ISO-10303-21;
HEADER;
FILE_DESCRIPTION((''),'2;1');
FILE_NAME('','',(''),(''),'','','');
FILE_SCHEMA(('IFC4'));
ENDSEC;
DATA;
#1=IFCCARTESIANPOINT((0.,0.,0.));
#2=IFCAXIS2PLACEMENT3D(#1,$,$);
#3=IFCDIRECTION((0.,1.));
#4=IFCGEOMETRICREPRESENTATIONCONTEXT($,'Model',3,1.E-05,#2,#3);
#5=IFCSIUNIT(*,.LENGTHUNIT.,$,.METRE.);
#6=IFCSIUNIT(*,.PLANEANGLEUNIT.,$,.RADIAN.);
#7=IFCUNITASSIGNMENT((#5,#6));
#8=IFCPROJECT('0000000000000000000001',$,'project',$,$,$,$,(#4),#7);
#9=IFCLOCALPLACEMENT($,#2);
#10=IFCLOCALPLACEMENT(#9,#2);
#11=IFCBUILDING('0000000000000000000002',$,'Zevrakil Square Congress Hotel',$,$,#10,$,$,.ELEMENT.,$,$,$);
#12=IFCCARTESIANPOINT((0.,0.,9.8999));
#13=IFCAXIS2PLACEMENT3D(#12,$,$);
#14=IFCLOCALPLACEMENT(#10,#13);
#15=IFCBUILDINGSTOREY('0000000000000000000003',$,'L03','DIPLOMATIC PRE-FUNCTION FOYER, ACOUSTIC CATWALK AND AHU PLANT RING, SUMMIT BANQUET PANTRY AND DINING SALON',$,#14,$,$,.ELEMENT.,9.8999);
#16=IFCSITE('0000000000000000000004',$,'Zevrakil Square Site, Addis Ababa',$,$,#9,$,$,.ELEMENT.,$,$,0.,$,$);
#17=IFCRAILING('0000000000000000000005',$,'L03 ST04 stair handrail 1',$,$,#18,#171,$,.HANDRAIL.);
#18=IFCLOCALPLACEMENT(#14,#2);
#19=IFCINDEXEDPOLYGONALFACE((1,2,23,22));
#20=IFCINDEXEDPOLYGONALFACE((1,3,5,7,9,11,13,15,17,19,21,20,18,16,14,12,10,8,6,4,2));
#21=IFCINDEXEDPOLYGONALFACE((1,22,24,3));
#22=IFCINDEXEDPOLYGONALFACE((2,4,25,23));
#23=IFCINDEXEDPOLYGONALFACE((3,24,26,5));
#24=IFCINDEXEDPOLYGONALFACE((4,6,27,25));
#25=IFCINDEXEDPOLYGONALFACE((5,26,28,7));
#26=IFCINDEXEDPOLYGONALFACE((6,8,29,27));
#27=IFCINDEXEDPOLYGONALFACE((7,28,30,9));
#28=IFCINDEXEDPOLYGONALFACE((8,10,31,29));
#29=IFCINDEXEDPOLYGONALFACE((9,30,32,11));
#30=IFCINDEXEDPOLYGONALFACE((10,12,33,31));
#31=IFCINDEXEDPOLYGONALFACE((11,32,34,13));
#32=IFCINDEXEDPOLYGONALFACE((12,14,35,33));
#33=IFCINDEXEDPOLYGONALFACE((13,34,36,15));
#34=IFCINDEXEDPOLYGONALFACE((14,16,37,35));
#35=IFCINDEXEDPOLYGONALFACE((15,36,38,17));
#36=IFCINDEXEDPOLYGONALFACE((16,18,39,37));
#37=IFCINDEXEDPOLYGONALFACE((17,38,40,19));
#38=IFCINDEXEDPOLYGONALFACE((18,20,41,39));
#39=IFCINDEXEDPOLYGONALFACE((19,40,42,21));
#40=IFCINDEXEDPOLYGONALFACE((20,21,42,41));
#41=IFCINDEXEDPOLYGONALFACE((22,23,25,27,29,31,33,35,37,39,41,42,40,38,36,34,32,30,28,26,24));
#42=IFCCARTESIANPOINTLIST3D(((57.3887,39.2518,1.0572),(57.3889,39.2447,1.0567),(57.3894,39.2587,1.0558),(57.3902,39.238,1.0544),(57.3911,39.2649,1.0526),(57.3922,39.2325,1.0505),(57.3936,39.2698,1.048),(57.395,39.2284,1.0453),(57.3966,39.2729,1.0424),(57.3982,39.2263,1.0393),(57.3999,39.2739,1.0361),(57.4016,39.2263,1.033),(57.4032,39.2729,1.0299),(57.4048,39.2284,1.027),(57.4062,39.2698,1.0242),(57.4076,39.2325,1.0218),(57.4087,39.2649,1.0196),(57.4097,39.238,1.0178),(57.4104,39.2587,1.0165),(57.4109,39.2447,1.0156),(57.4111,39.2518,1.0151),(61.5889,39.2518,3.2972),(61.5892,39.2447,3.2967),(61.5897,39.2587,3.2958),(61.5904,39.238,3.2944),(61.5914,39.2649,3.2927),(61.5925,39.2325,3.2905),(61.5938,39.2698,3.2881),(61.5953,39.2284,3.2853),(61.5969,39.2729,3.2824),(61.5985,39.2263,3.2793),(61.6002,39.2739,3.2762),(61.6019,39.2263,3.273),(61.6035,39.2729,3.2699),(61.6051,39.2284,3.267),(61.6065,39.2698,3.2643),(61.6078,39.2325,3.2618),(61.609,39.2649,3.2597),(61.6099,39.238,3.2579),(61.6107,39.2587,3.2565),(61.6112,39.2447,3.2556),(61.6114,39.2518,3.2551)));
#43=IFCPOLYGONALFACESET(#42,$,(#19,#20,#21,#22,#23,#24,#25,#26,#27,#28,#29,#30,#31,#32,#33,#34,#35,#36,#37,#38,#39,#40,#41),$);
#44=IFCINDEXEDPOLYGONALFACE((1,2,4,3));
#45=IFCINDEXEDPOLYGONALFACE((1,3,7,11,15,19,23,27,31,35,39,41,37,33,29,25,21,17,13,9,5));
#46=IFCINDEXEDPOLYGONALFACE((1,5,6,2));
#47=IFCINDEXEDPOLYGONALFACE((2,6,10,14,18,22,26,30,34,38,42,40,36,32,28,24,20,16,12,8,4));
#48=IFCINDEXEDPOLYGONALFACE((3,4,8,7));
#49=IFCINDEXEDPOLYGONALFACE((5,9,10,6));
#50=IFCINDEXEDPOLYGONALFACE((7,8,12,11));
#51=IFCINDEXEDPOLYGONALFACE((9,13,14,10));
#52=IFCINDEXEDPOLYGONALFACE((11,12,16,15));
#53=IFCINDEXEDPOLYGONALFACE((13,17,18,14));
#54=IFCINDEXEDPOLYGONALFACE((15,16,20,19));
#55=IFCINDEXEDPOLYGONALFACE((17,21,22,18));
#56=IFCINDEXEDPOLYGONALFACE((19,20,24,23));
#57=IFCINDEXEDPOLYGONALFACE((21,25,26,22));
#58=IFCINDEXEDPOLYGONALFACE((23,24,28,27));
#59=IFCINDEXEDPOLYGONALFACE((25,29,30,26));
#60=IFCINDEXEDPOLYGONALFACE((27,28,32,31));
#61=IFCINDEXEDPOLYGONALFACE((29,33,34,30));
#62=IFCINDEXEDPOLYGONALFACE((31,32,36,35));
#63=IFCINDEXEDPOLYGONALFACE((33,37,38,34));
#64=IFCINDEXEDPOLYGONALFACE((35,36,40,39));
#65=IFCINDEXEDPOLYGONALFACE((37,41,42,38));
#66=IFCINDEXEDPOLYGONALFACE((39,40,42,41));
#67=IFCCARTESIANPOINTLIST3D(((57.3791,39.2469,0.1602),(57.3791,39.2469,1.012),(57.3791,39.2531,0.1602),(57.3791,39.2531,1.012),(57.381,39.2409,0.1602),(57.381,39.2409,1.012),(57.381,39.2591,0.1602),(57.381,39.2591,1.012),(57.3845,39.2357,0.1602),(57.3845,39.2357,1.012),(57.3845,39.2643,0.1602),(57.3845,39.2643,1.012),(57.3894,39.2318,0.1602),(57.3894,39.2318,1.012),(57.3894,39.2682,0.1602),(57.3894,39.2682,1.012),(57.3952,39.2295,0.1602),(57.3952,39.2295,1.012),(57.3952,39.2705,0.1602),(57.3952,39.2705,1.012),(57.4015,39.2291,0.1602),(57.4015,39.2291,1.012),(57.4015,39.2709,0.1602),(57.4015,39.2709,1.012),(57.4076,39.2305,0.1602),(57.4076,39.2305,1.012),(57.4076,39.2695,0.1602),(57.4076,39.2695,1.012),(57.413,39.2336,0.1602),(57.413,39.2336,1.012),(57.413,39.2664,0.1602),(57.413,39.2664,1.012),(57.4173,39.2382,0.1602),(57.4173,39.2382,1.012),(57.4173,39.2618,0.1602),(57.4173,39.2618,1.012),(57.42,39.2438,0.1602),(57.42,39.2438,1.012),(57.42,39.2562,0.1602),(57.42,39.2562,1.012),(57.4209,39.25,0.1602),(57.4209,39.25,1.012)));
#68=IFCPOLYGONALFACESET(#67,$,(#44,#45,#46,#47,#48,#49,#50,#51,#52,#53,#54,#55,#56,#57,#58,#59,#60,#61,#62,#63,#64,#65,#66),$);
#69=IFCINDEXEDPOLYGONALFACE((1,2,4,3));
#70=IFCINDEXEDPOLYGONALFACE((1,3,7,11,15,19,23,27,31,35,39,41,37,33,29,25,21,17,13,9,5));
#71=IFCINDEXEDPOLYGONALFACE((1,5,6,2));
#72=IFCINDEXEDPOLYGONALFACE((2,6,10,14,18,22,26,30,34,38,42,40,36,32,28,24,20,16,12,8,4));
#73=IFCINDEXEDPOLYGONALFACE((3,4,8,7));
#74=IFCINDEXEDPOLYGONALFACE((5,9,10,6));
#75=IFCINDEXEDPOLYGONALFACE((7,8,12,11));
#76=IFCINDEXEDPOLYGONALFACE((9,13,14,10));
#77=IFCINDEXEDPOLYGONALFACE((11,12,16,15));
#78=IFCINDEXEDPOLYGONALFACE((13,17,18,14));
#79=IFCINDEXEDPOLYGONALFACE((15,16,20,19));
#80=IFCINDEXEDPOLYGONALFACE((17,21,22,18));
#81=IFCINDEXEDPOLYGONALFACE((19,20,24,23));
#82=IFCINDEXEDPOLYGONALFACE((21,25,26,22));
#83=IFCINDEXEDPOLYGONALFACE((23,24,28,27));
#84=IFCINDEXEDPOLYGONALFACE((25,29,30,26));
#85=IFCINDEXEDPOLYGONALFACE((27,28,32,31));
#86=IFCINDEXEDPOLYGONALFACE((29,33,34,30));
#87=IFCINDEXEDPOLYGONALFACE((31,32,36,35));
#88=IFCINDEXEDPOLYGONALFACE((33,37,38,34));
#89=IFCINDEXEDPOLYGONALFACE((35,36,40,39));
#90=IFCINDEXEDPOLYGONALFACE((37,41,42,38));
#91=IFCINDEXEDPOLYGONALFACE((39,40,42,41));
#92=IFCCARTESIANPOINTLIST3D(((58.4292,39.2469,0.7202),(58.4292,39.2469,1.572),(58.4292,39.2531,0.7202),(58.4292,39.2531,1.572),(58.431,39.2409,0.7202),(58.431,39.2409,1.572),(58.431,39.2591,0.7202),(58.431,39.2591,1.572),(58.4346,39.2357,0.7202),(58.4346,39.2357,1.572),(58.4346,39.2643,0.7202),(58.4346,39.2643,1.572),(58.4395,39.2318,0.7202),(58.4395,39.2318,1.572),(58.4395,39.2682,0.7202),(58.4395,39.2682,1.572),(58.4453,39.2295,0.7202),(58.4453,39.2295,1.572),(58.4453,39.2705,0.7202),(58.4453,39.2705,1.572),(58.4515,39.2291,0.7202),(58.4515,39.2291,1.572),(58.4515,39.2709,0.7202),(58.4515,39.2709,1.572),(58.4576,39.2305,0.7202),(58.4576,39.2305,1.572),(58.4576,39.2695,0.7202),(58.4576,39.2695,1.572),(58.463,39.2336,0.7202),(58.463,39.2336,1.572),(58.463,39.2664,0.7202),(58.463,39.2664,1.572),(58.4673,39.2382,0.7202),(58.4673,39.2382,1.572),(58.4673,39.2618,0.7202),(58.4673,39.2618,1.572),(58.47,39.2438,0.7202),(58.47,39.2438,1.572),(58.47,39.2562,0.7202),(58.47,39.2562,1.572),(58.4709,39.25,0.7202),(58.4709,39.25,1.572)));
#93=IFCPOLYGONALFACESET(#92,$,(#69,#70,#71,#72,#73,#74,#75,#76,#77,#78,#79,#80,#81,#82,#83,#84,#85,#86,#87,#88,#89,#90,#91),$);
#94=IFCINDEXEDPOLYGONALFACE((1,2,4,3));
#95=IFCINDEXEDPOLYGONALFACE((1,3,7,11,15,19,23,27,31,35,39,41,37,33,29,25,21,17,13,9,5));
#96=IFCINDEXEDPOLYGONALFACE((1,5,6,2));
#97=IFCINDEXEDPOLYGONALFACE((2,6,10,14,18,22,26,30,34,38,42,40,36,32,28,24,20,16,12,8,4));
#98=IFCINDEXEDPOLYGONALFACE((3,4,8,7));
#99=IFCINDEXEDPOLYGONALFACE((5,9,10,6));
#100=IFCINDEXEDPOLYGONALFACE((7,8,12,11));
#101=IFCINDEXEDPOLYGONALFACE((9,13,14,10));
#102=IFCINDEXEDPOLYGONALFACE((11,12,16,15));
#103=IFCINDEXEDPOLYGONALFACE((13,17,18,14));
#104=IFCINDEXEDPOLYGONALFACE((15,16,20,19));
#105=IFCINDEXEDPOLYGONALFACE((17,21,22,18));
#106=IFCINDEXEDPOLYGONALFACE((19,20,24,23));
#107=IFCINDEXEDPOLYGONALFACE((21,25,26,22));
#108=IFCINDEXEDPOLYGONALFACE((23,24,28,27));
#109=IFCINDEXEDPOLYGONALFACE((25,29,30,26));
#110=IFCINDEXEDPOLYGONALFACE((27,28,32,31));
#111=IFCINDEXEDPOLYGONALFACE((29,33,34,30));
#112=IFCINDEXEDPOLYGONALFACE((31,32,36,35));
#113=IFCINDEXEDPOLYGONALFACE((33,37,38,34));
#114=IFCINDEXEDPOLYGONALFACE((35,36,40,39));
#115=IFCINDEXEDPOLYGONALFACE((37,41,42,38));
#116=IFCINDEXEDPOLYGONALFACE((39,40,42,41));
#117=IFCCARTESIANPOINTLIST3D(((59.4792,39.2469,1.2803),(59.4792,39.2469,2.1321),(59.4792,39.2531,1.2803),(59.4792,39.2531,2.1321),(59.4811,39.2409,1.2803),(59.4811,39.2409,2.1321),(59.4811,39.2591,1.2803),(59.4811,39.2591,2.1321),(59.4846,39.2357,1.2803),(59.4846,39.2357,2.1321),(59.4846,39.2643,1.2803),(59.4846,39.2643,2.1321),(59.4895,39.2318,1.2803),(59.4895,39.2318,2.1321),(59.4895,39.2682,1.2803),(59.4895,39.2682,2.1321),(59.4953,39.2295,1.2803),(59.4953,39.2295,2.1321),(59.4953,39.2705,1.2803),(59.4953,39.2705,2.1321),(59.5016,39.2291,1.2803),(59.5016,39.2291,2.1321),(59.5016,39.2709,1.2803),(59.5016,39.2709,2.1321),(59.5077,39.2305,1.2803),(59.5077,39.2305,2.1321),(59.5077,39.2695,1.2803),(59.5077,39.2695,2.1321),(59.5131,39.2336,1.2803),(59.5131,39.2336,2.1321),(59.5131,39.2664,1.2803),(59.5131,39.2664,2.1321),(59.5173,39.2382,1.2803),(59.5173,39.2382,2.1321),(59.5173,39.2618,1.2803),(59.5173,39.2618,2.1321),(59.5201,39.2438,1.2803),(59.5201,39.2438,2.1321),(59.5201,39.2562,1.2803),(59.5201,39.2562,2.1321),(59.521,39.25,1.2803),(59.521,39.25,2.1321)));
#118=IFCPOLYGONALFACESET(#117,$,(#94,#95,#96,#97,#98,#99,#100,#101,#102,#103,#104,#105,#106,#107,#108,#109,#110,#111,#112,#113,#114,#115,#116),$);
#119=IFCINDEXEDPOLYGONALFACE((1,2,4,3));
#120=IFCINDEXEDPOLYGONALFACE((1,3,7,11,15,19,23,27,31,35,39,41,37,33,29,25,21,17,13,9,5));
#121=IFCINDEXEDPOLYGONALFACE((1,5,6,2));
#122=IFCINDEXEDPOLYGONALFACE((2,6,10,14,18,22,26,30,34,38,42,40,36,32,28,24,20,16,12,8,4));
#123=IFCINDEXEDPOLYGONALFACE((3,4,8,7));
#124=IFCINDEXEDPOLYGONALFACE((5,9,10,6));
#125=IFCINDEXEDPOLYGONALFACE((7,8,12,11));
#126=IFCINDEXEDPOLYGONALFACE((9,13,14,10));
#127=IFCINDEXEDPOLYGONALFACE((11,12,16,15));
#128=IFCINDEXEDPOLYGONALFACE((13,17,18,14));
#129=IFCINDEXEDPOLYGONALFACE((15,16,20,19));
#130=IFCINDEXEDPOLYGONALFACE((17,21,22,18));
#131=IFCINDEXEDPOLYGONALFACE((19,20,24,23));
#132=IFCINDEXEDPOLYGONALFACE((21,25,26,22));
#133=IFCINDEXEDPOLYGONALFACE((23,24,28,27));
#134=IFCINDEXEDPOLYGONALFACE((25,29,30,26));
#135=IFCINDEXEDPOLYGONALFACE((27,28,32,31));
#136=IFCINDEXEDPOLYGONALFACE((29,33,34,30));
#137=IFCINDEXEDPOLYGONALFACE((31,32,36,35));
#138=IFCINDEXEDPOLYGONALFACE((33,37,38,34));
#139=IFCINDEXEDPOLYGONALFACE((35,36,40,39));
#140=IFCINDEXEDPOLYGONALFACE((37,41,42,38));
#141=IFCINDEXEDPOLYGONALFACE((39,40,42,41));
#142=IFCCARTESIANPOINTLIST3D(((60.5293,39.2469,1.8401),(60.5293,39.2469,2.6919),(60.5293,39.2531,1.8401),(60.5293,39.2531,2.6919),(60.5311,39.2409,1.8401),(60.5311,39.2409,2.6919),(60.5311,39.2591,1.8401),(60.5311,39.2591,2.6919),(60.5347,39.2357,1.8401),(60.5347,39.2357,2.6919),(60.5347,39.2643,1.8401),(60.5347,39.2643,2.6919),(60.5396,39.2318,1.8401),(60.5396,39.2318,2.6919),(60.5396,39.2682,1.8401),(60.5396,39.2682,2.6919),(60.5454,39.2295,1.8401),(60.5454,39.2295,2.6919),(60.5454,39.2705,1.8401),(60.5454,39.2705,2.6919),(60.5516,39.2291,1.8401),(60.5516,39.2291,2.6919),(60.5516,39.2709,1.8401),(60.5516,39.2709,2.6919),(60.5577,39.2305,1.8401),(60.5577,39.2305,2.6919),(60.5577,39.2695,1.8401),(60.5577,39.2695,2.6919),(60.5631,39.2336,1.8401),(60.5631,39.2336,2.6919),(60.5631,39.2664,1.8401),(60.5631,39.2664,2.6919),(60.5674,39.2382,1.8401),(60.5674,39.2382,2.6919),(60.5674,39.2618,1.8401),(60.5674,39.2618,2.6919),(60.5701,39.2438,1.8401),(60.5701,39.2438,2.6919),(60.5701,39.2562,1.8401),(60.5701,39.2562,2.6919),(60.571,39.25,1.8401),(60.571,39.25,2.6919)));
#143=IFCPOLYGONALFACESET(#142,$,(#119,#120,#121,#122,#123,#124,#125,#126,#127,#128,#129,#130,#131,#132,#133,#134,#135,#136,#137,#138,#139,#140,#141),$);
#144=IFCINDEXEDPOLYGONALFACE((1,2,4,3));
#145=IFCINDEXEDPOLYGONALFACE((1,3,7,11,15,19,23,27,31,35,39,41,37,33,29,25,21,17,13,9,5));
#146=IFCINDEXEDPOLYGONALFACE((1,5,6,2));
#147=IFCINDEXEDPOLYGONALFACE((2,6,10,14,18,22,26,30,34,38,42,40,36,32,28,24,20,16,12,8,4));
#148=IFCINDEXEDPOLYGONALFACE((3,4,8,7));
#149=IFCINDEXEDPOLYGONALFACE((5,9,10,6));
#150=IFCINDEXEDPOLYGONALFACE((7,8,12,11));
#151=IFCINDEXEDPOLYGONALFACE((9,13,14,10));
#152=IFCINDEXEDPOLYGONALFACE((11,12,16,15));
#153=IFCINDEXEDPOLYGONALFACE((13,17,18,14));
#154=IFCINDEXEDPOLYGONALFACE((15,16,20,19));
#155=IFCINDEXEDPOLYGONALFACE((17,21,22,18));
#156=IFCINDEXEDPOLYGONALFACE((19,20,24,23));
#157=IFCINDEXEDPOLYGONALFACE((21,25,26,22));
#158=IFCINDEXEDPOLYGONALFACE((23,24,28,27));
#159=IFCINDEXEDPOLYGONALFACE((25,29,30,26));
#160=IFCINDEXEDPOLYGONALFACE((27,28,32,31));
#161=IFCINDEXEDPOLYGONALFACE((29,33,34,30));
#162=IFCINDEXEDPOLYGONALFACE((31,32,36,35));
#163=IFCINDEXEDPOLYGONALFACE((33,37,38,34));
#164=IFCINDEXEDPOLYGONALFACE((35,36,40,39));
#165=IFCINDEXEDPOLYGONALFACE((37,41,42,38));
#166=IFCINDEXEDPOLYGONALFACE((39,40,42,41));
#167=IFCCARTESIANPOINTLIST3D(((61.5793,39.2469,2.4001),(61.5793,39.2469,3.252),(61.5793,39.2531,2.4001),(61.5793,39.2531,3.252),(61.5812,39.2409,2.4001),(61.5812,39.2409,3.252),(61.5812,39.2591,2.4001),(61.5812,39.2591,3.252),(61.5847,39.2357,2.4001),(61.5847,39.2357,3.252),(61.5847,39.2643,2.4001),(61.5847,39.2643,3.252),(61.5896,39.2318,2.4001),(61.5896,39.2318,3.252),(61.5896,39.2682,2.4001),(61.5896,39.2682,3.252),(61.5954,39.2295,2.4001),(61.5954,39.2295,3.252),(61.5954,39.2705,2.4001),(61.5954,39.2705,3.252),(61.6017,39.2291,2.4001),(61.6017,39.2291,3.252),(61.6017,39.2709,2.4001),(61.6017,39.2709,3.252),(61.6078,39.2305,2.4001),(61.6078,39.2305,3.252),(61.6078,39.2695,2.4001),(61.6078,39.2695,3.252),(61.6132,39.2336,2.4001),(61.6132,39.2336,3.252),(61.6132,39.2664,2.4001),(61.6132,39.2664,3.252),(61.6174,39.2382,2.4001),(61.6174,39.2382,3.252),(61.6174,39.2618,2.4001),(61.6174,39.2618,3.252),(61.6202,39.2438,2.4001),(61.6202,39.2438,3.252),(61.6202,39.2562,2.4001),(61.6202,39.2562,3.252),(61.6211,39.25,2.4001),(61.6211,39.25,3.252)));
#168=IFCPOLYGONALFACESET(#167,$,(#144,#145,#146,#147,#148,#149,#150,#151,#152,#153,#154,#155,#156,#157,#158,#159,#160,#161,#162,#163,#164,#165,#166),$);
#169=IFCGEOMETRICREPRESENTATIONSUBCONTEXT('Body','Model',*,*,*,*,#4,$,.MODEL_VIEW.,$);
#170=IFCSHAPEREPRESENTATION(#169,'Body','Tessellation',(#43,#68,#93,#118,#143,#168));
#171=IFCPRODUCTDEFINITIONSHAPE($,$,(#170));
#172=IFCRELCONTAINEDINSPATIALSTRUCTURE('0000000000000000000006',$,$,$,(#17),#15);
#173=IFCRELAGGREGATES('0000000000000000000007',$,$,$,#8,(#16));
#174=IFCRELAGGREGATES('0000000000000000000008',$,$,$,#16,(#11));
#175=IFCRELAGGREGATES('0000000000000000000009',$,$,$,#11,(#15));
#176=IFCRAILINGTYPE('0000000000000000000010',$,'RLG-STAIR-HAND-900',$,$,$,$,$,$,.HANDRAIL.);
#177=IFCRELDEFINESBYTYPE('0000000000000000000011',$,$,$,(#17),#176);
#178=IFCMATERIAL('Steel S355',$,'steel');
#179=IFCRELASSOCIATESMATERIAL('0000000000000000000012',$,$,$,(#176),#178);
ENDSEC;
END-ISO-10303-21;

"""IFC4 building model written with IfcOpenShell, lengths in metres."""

from ifc_helpers import new_model, si_unit, direction, frame, origin, origin_2d, place, context, subcontext, project, spatial, circle, extrude, material, type_object, element, save


model = new_model("IFC4")

# Units and contexts
model_context = context("Model", 3, precision=1e-05, world=origin(), true_north=direction((0.0, 1.0)))
body_context = subcontext(model_context, "Body", "Model", "MODEL_VIEW")
ifc_project = project(units=[si_unit("LENGTHUNIT", "METRE"), si_unit("PLANEANGLEUNIT", "RADIAN")], contexts=[model_context])

# Site, building, storey
site_placement = place(None, origin())
site = spatial("IfcSite", under=ifc_project, at=site_placement, Name="Zevrakil Square Site, Addis Ababa", CompositionType="ELEMENT", RefElevation=0.0)
building_placement = place(site_placement, origin())
building = spatial("IfcBuilding", under=site, at=building_placement, Name="Zevrakil Square Congress Hotel", CompositionType="ELEMENT")
storey_placement = place(building_placement, frame((0.0, 0.0, 9.8999)))
storey = spatial("IfcBuildingStorey", under=building, at=storey_placement, Name="L03", Description="DIPLOMATIC PRE-FUNCTION FOYER, ACOUSTIC CATWALK AND AHU PLANT RING, SUMMIT BANQUET PANTRY AND DINING SALON", CompositionType="ELEMENT", Elevation=9.8999)

# Railing
ifc_material_1 = material(Name="Steel S355", Category="steel")
railing_type_1 = type_object("IfcRailingType", Name="RLG-STAIR-HAND-900", PredefinedType="HANDRAIL", material=ifc_material_1)
railing_1_placement = place(storey_placement, frame((57.3999, 39.25, 0.1602)))
element("IfcRailing", 1, at=railing_1_placement, inside=storey, type_object=railing_type_1, Name="L03 ST04 stair handrail 1", PredefinedType="HANDRAIL", context=body_context, shape_type="SweptSolid", body=[
    extrude(circle(Radius=0.0239, at=origin_2d()), frame((0.0, 0.0, 0.876), z_axis=(0.882363, 0.0, 0.47057), x_axis=(0.0, 1.0, 0.0)), (0.0, 0.0, 1.0), 4.7603),
    extrude(circle(Radius=0.021, at=origin_2d()), origin(), (0.0, 0.0, 1.0), 0.8518),
    extrude(circle(Radius=0.021, at=origin_2d()), frame((1.05, 0.0, 0.5601)), (0.0, 0.0, 1.0), 0.8518),
    extrude(circle(Radius=0.021, at=origin_2d()), frame((2.1001, 0.0, 1.1201)), (0.0, 0.0, 1.0), 0.8518),
    extrude(circle(Radius=0.021, at=origin_2d()), frame((3.1501, 0.0, 1.6799)), (0.0, 0.0, 1.0), 0.8518),
    extrude(circle(Radius=0.021, at=origin_2d()), frame((4.2002, 0.0, 2.24)), (0.0, 0.0, 1.0), 0.8518),
])

save(model, "model.ifc")
